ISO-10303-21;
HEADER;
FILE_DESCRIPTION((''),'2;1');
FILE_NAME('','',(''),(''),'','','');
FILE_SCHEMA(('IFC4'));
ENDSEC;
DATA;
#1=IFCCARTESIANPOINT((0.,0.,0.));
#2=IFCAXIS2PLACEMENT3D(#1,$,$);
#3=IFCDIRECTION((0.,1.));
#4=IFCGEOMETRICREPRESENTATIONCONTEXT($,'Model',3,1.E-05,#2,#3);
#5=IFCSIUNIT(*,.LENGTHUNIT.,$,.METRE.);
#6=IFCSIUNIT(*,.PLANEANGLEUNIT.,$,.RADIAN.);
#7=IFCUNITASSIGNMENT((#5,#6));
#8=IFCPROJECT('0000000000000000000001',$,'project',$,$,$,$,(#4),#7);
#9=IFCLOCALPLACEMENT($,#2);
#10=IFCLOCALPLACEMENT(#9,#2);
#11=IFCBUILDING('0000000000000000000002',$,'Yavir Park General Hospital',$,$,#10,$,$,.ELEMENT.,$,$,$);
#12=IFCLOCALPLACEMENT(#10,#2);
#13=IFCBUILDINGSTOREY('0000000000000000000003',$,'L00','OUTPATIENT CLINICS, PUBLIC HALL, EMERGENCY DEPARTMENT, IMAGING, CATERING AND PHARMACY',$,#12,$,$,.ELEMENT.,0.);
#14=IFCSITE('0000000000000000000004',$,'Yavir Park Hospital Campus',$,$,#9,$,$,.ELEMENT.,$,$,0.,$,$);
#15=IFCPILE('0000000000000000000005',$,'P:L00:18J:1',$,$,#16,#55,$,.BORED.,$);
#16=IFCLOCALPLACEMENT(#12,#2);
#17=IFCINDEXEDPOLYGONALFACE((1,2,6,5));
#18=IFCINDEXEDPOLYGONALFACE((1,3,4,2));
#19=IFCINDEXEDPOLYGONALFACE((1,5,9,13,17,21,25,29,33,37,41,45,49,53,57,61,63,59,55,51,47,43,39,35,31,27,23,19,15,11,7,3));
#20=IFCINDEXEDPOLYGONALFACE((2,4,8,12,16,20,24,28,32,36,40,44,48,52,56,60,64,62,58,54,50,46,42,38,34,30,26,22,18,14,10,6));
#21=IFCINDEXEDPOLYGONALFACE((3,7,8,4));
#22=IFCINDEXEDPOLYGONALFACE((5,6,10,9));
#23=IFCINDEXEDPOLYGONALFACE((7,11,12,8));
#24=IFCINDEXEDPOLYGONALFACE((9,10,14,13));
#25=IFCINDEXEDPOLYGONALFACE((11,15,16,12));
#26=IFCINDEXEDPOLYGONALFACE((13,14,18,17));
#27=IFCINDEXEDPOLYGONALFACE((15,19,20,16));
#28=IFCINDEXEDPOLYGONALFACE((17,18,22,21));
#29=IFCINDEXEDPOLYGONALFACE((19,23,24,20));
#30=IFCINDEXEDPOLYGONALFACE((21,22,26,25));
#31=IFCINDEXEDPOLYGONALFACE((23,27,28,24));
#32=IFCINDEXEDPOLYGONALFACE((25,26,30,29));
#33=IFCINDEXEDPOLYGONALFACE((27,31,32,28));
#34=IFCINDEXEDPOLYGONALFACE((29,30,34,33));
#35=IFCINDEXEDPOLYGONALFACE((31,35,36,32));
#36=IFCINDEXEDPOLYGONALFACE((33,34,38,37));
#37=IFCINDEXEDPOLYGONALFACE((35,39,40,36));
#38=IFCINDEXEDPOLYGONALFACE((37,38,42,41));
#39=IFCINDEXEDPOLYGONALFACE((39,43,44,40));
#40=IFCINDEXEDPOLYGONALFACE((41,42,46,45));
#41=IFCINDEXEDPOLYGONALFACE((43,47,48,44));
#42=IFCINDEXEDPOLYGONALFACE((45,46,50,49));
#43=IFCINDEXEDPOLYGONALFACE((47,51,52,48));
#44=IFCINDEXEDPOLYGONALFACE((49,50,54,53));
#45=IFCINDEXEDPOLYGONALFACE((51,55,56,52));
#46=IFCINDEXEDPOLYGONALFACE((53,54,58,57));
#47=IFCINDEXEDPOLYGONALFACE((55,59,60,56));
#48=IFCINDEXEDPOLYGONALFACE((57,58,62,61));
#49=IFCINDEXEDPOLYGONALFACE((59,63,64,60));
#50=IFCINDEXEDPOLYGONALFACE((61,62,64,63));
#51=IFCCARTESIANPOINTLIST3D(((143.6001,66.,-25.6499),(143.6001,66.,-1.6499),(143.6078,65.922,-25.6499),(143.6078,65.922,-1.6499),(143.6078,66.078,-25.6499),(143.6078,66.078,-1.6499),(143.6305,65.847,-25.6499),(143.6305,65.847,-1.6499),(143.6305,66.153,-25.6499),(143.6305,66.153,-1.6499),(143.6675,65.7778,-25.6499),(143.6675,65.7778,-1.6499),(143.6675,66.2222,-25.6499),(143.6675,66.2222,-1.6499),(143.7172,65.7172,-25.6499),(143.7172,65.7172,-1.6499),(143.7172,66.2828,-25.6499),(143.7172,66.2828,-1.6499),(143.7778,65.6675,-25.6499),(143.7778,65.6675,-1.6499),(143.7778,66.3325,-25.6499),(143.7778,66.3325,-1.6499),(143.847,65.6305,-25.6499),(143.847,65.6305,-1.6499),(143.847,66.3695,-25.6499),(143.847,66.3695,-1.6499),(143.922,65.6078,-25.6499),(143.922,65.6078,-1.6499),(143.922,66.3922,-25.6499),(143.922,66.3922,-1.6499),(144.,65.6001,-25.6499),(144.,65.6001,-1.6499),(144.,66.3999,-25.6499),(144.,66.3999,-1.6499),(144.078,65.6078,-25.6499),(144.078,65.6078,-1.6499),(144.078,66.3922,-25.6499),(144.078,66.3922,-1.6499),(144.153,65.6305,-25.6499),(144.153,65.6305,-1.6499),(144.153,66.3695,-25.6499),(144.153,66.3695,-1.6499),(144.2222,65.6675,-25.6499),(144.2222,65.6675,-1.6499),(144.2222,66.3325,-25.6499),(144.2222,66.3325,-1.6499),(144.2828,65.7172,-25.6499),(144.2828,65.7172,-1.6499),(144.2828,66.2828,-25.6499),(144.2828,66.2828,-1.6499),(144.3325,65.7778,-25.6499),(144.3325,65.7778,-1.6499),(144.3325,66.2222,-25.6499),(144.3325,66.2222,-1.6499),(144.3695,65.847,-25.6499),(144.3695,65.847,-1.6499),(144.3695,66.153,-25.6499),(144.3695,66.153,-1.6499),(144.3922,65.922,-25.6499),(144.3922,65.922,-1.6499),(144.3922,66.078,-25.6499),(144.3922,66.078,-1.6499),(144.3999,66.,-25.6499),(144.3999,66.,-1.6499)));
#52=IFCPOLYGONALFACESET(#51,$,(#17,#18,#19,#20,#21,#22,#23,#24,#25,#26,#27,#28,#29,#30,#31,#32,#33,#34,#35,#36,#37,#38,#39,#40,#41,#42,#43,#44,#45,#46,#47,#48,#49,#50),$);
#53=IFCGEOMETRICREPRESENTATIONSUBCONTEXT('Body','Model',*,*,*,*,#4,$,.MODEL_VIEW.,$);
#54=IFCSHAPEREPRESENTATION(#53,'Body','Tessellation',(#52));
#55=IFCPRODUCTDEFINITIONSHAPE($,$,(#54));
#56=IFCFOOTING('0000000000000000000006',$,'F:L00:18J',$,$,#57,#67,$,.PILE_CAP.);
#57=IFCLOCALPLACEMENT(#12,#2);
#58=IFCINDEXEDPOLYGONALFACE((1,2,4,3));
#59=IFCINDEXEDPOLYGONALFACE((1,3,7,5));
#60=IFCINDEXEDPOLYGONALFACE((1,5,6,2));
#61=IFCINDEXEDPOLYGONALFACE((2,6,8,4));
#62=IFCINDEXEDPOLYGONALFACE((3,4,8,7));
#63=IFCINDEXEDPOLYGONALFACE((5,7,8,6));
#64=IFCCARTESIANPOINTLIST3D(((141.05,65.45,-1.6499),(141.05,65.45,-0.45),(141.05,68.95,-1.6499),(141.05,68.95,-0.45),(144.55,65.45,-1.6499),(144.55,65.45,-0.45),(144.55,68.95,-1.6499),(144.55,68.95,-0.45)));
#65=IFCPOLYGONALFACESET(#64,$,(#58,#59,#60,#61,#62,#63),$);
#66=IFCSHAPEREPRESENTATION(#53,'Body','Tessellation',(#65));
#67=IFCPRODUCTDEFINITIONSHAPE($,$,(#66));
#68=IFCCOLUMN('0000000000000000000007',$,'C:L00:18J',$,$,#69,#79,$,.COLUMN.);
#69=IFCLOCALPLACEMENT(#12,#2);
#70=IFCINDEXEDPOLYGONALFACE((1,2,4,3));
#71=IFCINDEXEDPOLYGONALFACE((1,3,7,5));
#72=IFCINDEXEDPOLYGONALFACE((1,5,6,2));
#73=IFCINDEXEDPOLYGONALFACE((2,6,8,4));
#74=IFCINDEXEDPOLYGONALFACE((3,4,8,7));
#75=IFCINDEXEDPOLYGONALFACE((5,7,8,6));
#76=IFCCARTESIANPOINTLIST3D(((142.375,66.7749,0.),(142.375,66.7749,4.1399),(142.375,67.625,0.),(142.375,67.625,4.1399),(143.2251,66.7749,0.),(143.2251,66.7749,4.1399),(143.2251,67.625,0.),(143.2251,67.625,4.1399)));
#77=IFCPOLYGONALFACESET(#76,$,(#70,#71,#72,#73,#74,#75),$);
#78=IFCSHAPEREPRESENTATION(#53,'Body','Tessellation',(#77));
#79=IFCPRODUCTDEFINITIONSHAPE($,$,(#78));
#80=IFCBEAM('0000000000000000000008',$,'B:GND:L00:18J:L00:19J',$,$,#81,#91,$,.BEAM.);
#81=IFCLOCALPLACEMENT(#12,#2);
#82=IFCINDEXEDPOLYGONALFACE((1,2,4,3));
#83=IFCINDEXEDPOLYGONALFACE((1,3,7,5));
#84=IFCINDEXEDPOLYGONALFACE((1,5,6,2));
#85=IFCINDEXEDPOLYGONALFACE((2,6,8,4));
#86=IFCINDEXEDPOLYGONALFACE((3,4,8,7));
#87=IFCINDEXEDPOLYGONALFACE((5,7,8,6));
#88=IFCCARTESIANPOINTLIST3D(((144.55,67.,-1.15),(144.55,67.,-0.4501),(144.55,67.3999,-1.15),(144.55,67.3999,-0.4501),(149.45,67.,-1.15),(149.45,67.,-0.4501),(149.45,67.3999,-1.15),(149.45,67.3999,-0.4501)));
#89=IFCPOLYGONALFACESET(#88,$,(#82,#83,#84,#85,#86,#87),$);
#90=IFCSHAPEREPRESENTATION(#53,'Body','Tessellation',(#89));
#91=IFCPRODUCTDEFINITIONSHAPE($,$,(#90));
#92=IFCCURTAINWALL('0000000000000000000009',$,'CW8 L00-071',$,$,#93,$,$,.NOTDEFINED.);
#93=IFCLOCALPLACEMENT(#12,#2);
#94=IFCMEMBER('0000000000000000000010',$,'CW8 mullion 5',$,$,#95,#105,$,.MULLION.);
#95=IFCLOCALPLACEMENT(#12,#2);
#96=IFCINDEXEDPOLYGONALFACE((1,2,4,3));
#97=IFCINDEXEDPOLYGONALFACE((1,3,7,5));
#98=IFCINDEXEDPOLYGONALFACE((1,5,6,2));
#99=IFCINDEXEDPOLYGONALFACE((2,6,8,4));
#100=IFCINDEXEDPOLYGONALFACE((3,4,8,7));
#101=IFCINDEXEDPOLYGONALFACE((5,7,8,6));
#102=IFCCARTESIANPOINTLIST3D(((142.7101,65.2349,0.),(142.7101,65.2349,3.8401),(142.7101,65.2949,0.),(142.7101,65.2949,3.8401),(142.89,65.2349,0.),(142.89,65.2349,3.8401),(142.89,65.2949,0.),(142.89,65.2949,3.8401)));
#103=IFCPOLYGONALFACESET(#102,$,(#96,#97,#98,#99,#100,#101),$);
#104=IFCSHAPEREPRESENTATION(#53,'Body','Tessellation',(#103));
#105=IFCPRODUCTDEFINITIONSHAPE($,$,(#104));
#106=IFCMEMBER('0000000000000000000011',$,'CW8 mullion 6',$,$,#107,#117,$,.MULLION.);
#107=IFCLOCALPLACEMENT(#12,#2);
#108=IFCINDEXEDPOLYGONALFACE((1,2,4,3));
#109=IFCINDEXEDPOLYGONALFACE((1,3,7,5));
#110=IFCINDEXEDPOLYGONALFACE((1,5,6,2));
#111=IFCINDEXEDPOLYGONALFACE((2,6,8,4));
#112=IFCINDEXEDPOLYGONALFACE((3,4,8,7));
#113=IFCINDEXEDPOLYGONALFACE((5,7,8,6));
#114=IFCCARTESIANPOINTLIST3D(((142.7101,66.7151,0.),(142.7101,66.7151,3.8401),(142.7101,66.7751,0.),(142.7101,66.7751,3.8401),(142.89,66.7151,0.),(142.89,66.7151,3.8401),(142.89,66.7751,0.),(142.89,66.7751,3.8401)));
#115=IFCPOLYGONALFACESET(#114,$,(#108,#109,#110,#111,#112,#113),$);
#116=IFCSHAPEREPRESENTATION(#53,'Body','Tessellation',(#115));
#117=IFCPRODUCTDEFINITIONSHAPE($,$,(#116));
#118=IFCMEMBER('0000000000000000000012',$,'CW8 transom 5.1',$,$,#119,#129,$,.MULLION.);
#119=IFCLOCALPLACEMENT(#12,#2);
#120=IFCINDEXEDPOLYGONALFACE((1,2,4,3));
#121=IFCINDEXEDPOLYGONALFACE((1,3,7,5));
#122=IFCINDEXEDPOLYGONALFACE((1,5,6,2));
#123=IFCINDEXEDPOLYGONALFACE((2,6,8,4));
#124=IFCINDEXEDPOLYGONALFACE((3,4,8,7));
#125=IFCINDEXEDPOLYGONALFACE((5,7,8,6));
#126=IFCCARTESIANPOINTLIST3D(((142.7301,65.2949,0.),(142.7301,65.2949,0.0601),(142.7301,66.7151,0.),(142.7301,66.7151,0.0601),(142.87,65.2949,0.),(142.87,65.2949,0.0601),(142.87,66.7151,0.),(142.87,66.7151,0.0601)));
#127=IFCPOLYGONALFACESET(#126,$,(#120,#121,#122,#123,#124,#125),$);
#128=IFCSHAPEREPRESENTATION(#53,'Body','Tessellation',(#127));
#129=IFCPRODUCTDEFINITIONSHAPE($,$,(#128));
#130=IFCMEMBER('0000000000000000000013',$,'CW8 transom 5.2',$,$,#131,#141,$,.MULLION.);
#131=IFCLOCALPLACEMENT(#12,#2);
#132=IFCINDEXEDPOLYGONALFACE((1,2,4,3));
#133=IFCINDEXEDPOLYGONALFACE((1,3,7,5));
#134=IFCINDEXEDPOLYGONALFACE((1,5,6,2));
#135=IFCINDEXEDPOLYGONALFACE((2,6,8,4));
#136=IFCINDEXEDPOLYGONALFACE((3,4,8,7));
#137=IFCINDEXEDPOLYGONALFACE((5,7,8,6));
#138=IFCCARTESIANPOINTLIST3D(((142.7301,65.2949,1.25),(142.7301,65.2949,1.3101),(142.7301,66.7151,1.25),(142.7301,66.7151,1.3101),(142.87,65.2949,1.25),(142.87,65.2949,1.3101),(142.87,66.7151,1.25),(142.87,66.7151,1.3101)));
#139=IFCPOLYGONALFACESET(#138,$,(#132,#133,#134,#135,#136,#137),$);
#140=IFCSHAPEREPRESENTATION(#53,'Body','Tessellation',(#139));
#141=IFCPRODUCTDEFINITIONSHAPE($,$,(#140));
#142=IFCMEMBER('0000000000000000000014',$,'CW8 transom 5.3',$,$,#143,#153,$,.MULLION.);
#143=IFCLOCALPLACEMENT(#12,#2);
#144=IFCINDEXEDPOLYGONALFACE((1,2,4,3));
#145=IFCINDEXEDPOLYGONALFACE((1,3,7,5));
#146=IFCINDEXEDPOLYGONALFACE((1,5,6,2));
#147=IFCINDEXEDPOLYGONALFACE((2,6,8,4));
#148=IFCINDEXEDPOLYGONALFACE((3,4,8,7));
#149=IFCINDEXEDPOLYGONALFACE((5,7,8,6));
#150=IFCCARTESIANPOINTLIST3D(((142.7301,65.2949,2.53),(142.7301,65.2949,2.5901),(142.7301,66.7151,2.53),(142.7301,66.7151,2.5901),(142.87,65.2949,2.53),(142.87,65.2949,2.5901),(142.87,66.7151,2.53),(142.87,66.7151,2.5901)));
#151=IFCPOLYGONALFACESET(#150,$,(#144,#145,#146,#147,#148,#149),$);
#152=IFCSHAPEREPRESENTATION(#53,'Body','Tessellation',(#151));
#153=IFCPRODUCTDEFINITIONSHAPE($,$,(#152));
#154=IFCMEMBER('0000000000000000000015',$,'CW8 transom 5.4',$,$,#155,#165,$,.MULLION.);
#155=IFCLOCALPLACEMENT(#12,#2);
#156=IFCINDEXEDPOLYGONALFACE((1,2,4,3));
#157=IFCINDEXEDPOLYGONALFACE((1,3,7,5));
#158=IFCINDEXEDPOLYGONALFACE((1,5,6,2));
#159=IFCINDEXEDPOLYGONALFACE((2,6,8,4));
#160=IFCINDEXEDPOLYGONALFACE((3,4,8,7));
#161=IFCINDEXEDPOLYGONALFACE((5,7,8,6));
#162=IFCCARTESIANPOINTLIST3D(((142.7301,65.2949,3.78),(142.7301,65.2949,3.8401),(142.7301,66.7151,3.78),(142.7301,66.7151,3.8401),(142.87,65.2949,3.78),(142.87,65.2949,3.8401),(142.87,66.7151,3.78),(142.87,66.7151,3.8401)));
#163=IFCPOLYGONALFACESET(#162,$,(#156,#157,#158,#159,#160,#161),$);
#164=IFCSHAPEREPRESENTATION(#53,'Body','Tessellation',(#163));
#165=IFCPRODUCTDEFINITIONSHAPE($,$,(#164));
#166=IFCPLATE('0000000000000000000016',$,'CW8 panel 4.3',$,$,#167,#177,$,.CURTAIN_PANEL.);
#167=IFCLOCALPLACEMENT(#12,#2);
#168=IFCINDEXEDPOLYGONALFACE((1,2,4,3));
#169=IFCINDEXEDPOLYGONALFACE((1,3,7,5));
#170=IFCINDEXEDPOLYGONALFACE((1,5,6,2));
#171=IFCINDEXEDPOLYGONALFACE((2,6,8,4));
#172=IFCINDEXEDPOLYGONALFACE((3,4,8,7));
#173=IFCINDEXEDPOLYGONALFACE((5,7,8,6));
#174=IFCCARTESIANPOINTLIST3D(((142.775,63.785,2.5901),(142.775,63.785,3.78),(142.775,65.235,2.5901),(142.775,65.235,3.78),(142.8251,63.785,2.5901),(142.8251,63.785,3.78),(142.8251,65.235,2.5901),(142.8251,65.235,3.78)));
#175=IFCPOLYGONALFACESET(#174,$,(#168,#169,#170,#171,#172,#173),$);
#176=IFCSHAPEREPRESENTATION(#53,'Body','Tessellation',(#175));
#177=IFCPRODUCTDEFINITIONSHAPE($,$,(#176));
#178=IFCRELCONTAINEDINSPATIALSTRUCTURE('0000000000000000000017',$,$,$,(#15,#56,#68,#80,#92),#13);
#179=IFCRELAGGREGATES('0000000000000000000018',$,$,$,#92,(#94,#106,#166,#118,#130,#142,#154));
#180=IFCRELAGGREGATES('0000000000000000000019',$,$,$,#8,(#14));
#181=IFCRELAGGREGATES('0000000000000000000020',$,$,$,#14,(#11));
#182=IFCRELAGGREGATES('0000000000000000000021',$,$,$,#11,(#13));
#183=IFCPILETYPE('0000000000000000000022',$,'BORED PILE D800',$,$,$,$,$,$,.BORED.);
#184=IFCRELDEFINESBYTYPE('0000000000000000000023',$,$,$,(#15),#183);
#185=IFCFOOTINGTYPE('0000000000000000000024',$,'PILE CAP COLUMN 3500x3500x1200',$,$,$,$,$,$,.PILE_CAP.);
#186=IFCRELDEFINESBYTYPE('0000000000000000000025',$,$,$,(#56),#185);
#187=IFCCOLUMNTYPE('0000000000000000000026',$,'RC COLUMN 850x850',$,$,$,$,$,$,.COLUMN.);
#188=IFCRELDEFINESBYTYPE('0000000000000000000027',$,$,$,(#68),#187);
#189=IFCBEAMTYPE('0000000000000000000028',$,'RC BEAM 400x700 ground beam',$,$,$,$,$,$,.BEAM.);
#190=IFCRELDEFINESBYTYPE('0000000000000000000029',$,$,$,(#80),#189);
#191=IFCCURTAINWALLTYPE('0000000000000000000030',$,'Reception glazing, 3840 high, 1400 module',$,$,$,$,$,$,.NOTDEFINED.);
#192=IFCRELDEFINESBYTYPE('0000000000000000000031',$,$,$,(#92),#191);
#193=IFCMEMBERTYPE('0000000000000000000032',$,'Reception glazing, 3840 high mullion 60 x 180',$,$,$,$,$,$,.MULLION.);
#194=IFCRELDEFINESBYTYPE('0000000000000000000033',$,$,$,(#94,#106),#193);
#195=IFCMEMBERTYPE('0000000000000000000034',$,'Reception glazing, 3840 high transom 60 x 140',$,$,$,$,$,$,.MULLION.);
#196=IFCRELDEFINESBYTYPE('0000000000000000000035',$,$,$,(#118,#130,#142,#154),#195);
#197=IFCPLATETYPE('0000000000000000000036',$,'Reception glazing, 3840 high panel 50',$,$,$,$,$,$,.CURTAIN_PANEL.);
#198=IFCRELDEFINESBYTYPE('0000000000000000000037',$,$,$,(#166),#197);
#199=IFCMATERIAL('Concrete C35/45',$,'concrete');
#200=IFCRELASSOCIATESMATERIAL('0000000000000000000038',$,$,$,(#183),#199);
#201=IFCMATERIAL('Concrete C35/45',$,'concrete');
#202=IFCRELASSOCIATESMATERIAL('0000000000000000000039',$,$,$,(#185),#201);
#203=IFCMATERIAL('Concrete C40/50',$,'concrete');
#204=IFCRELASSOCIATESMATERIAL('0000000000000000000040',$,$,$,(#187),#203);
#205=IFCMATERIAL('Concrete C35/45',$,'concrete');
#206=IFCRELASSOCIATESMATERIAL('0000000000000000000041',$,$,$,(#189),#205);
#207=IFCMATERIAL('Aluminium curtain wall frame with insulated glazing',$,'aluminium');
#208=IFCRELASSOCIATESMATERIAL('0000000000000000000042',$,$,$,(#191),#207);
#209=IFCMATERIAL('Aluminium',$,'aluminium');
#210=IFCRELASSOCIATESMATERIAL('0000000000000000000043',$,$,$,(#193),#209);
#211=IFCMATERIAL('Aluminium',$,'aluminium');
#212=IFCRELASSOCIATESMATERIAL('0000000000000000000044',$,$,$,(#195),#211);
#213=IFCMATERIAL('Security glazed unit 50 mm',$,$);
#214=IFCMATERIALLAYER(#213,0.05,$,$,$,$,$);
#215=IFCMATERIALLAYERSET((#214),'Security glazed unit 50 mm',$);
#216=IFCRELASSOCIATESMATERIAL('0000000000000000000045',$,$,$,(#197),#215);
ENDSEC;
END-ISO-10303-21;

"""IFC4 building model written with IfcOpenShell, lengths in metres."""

from ifc_helpers import new_model, si_unit, direction, frame, origin, origin_2d, place, context, subcontext, project, spatial, rectangle, circle, extrude, material, layer, layer_set, material_profile, profile_set, type_object, element, aggregate, save


model = new_model("IFC4")

# Units and contexts
model_context = context("Model", 3, precision=1e-05, world=origin(), true_north=direction((0.0, 1.0)))
body_context = subcontext(model_context, "Body", "Model", "MODEL_VIEW")
ifc_project = project(units=[si_unit("LENGTHUNIT", "METRE"), si_unit("PLANEANGLEUNIT", "RADIAN")], contexts=[model_context])

# Site, building, storey
site_placement = place(None, origin())
site = spatial("IfcSite", under=ifc_project, at=site_placement, Name="Yavir Park Hospital Campus", CompositionType="ELEMENT", RefElevation=0.0)
building_placement = place(site_placement, origin())
building = spatial("IfcBuilding", under=site, at=building_placement, Name="Yavir Park General Hospital", CompositionType="ELEMENT")
storey_placement = place(building_placement, origin())
storey = spatial("IfcBuildingStorey", under=building, at=storey_placement, Name="L00", Description="OUTPATIENT CLINICS, PUBLIC HALL, EMERGENCY DEPARTMENT, IMAGING, CATERING AND PHARMACY", CompositionType="ELEMENT", Elevation=0.0)

# Pile
ifc_material_1 = material(Name="Concrete C35/45", Category="concrete")
ifc_material_profile_1 = material_profile(ifc_material_1, circle(Radius=0.3999, at=origin_2d()), Name="D800")
ifc_profile_set_1 = profile_set([ifc_material_profile_1], Name="Concrete C35/45")
pile_type = type_object("IfcPileType", Name="BORED PILE D800", PredefinedType="BORED", material=ifc_profile_set_1)
pile_placement = place(storey_placement, frame((144.0, 66.0, -1.6499), z_axis=(0.0, 0.0, -1.0), x_axis=(1.0, 0.0, 0.0)))
element("IfcPile", 1, at=pile_placement, inside=storey, type_object=pile_type, Name="P:L00:18J:1", PredefinedType="BORED", context=body_context, shape_type="SweptSolid", body=[
    extrude(circle(Radius=0.3999, at=origin_2d()), origin(), (0.0, 0.0, 1.0), 24.0),
])

# Footing
ifc_material_2 = material(Name="Concrete C35/45", Category="concrete")
footing_type = type_object("IfcFootingType", Name="PILE CAP COLUMN 3500x3500x1200", PredefinedType="PILE_CAP", material=ifc_material_2)
footing_placement = place(storey_placement, frame((142.8, 67.2, -1.6499), z_axis=(0.0, 0.0, 1.0), x_axis=(1.0, 0.0, 0.0)))
element("IfcFooting", 2, at=footing_placement, inside=storey, type_object=footing_type, Name="F:L00:18J", PredefinedType="PILE_CAP", context=body_context, shape_type="SweptSolid", body=[
    extrude(rectangle(XDim=3.5, YDim=3.5, at=origin_2d()), origin(), (0.0, 0.0, 1.0), 1.2),
])

# Column
ifc_material_3 = material(Name="Concrete C40/50", Category="concrete")
ifc_material_profile_2 = material_profile(ifc_material_3, rectangle(XDim=0.8501, YDim=0.8501, at=origin_2d()), Name="RC850x850")
ifc_profile_set_2 = profile_set([ifc_material_profile_2], Name="Concrete C40/50")
column_type = type_object("IfcColumnType", Name="RC COLUMN 850x850", PredefinedType="COLUMN", material=ifc_profile_set_2)
column_placement = place(storey_placement, frame((142.8, 67.2, 0.0), z_axis=(0.0, 0.0, 1.0), x_axis=(1.0, 0.0, 0.0)))
element("IfcColumn", 3, at=column_placement, inside=storey, type_object=column_type, Name="C:L00:18J", PredefinedType="COLUMN", context=body_context, shape_type="SweptSolid", body=[
    extrude(rectangle(XDim=0.8501, YDim=0.8501, at=origin_2d()), origin(), (0.0, 0.0, 1.0), 4.1399),
])

# Beam
ifc_material_4 = material(Name="Concrete C35/45", Category="concrete")
ifc_material_profile_3 = material_profile(ifc_material_4, rectangle(XDim=0.3999, YDim=0.7, at=origin_2d()), Name="RC400x700")
ifc_profile_set_3 = profile_set([ifc_material_profile_3], Name="Concrete C35/45")
beam_type = type_object("IfcBeamType", Name="RC BEAM 400x700 ground beam", PredefinedType="BEAM", material=ifc_profile_set_3)
beam_placement = place(storey_placement, frame((144.55, 67.2, -0.8), z_axis=(1.0, 0.0, 0.0), x_axis=(0.0, 1.0, 0.0)))
element("IfcBeam", 4, at=beam_placement, inside=storey, type_object=beam_type, Name="B:GND:L00:18J:L00:19J", PredefinedType="BEAM", context=body_context, shape_type="SweptSolid", body=[
    extrude(rectangle(XDim=0.3999, YDim=0.7, at=origin_2d()), origin(), (0.0, 0.0, 1.0), 4.8999),
])

# Curtain wall, members, plate
ifc_material_5 = material(Name="Aluminium curtain wall frame with insulated glazing", Category="aluminium")
curtain_wall_type = type_object("IfcCurtainWallType", Name="Reception glazing, 3840 high, 1400 module", PredefinedType="NOTDEFINED", material=ifc_material_5)
curtain_wall_placement = place(storey_placement, origin())
curtain_wall = element("IfcCurtainWall", 5, at=curtain_wall_placement, inside=storey, type_object=curtain_wall_type, Name="CW8 L00-071", PredefinedType="NOTDEFINED")
ifc_material_6 = material(Name="Aluminium", Category="aluminium")
ifc_material_profile_4 = material_profile(ifc_material_6, rectangle(XDim=0.1799, YDim=0.0601, at=origin_2d()), Name="AL 60x180")
ifc_profile_set_4 = profile_set([ifc_material_profile_4], Name="Aluminium")
member_type_1 = type_object("IfcMemberType", Name="Reception glazing, 3840 high mullion 60 x 180", PredefinedType="MULLION", material=ifc_profile_set_4)
member_1_placement = place(storey_placement, frame((142.8, 65.2649, 0.0), z_axis=(0.0, 0.0, 1.0), x_axis=(-1.0, 0.0, 0.0)))
member_1 = element("IfcMember", 6, at=member_1_placement, type_object=member_type_1, Name="CW8 mullion 5", PredefinedType="MULLION", context=body_context, shape_type="SweptSolid", body=[
    extrude(rectangle(XDim=0.1799, YDim=0.0601, at=origin_2d()), origin(), (0.0, 0.0, 1.0), 3.8401),
])
member_2_placement = place(storey_placement, frame((142.8, 66.7451, 0.0), z_axis=(0.0, 0.0, 1.0), x_axis=(-1.0, 0.0, 0.0)))
member_2 = element("IfcMember", 7, at=member_2_placement, type_object=member_type_1, Name="CW8 mullion 6", PredefinedType="MULLION", context=body_context, shape_type="SweptSolid", body=[
    extrude(rectangle(XDim=0.1799, YDim=0.0601, at=origin_2d()), origin(), (0.0, 0.0, 1.0), 3.8401),
])
ifc_material_7 = material(Name="Aluminium", Category="aluminium")
ifc_material_profile_5 = material_profile(ifc_material_7, rectangle(XDim=0.1399, YDim=0.0601, at=origin_2d()), Name="AL 140x60")
ifc_profile_set_5 = profile_set([ifc_material_profile_5], Name="Aluminium")
member_type_2 = type_object("IfcMemberType", Name="Reception glazing, 3840 high transom 60 x 140", PredefinedType="MULLION", material=ifc_profile_set_5)
member_3_placement = place(storey_placement, frame((142.8, 65.2949, 0.03), z_axis=(0.0, 1.0, 0.0), x_axis=(-1.0, 0.0, 0.0)))
member_3 = element("IfcMember", 8, at=member_3_placement, type_object=member_type_2, Name="CW8 transom 5.1", PredefinedType="MULLION", context=body_context, shape_type="SweptSolid", body=[
    extrude(rectangle(XDim=0.1399, YDim=0.0601, at=origin_2d()), origin(), (0.0, 0.0, 1.0), 1.4202),
])
member_4_placement = place(storey_placement, frame((142.8, 65.2949, 1.28), z_axis=(0.0, 1.0, 0.0), x_axis=(-1.0, 0.0, 0.0)))
member_4 = element("IfcMember", 9, at=member_4_placement, type_object=member_type_2, Name="CW8 transom 5.2", PredefinedType="MULLION", context=body_context, shape_type="SweptSolid", body=[
    extrude(rectangle(XDim=0.1399, YDim=0.0601, at=origin_2d()), origin(), (0.0, 0.0, 1.0), 1.4202),
])
member_5_placement = place(storey_placement, frame((142.8, 65.2949, 2.5601), z_axis=(0.0, 1.0, 0.0), x_axis=(-1.0, 0.0, 0.0)))
member_5 = element("IfcMember", 10, at=member_5_placement, type_object=member_type_2, Name="CW8 transom 5.3", PredefinedType="MULLION", context=body_context, shape_type="SweptSolid", body=[
    extrude(rectangle(XDim=0.1399, YDim=0.0601, at=origin_2d()), origin(), (0.0, 0.0, 1.0), 1.4202),
])
member_6_placement = place(storey_placement, frame((142.8, 65.2949, 3.8101), z_axis=(0.0, 1.0, 0.0), x_axis=(-1.0, 0.0, 0.0)))
member_6 = element("IfcMember", 11, at=member_6_placement, type_object=member_type_2, Name="CW8 transom 5.4", PredefinedType="MULLION", context=body_context, shape_type="SweptSolid", body=[
    extrude(rectangle(XDim=0.1399, YDim=0.0601, at=origin_2d()), origin(), (0.0, 0.0, 1.0), 1.4202),
])
ifc_material_8 = material(Name="Security glazed unit 50 mm")
ifc_layer_1 = layer(ifc_material_8, 0.05)
ifc_layer_set_1 = layer_set([ifc_layer_1], Name="Security glazed unit 50 mm")
plate_type = type_object("IfcPlateType", Name="Reception glazing, 3840 high panel 50", PredefinedType="CURTAIN_PANEL", material=ifc_layer_set_1)
plate_1_placement = place(storey_placement, frame((142.8, 64.51, 2.5901), z_axis=(0.0, 0.0, 1.0), x_axis=(0.0, 1.0, 0.0)))
plate_1 = element("IfcPlate", 12, at=plate_1_placement, type_object=plate_type, Name="CW8 panel 4.3", PredefinedType="CURTAIN_PANEL", context=body_context, shape_type="SweptSolid", body=[
    extrude(rectangle(XDim=1.45, YDim=0.05, at=origin_2d()), origin(), (0.0, 0.0, 1.0), 1.1899),
])
aggregate(curtain_wall, [member_1, member_2, plate_1, member_3, member_4, member_5, member_6])

save(model, "model.ifc")
